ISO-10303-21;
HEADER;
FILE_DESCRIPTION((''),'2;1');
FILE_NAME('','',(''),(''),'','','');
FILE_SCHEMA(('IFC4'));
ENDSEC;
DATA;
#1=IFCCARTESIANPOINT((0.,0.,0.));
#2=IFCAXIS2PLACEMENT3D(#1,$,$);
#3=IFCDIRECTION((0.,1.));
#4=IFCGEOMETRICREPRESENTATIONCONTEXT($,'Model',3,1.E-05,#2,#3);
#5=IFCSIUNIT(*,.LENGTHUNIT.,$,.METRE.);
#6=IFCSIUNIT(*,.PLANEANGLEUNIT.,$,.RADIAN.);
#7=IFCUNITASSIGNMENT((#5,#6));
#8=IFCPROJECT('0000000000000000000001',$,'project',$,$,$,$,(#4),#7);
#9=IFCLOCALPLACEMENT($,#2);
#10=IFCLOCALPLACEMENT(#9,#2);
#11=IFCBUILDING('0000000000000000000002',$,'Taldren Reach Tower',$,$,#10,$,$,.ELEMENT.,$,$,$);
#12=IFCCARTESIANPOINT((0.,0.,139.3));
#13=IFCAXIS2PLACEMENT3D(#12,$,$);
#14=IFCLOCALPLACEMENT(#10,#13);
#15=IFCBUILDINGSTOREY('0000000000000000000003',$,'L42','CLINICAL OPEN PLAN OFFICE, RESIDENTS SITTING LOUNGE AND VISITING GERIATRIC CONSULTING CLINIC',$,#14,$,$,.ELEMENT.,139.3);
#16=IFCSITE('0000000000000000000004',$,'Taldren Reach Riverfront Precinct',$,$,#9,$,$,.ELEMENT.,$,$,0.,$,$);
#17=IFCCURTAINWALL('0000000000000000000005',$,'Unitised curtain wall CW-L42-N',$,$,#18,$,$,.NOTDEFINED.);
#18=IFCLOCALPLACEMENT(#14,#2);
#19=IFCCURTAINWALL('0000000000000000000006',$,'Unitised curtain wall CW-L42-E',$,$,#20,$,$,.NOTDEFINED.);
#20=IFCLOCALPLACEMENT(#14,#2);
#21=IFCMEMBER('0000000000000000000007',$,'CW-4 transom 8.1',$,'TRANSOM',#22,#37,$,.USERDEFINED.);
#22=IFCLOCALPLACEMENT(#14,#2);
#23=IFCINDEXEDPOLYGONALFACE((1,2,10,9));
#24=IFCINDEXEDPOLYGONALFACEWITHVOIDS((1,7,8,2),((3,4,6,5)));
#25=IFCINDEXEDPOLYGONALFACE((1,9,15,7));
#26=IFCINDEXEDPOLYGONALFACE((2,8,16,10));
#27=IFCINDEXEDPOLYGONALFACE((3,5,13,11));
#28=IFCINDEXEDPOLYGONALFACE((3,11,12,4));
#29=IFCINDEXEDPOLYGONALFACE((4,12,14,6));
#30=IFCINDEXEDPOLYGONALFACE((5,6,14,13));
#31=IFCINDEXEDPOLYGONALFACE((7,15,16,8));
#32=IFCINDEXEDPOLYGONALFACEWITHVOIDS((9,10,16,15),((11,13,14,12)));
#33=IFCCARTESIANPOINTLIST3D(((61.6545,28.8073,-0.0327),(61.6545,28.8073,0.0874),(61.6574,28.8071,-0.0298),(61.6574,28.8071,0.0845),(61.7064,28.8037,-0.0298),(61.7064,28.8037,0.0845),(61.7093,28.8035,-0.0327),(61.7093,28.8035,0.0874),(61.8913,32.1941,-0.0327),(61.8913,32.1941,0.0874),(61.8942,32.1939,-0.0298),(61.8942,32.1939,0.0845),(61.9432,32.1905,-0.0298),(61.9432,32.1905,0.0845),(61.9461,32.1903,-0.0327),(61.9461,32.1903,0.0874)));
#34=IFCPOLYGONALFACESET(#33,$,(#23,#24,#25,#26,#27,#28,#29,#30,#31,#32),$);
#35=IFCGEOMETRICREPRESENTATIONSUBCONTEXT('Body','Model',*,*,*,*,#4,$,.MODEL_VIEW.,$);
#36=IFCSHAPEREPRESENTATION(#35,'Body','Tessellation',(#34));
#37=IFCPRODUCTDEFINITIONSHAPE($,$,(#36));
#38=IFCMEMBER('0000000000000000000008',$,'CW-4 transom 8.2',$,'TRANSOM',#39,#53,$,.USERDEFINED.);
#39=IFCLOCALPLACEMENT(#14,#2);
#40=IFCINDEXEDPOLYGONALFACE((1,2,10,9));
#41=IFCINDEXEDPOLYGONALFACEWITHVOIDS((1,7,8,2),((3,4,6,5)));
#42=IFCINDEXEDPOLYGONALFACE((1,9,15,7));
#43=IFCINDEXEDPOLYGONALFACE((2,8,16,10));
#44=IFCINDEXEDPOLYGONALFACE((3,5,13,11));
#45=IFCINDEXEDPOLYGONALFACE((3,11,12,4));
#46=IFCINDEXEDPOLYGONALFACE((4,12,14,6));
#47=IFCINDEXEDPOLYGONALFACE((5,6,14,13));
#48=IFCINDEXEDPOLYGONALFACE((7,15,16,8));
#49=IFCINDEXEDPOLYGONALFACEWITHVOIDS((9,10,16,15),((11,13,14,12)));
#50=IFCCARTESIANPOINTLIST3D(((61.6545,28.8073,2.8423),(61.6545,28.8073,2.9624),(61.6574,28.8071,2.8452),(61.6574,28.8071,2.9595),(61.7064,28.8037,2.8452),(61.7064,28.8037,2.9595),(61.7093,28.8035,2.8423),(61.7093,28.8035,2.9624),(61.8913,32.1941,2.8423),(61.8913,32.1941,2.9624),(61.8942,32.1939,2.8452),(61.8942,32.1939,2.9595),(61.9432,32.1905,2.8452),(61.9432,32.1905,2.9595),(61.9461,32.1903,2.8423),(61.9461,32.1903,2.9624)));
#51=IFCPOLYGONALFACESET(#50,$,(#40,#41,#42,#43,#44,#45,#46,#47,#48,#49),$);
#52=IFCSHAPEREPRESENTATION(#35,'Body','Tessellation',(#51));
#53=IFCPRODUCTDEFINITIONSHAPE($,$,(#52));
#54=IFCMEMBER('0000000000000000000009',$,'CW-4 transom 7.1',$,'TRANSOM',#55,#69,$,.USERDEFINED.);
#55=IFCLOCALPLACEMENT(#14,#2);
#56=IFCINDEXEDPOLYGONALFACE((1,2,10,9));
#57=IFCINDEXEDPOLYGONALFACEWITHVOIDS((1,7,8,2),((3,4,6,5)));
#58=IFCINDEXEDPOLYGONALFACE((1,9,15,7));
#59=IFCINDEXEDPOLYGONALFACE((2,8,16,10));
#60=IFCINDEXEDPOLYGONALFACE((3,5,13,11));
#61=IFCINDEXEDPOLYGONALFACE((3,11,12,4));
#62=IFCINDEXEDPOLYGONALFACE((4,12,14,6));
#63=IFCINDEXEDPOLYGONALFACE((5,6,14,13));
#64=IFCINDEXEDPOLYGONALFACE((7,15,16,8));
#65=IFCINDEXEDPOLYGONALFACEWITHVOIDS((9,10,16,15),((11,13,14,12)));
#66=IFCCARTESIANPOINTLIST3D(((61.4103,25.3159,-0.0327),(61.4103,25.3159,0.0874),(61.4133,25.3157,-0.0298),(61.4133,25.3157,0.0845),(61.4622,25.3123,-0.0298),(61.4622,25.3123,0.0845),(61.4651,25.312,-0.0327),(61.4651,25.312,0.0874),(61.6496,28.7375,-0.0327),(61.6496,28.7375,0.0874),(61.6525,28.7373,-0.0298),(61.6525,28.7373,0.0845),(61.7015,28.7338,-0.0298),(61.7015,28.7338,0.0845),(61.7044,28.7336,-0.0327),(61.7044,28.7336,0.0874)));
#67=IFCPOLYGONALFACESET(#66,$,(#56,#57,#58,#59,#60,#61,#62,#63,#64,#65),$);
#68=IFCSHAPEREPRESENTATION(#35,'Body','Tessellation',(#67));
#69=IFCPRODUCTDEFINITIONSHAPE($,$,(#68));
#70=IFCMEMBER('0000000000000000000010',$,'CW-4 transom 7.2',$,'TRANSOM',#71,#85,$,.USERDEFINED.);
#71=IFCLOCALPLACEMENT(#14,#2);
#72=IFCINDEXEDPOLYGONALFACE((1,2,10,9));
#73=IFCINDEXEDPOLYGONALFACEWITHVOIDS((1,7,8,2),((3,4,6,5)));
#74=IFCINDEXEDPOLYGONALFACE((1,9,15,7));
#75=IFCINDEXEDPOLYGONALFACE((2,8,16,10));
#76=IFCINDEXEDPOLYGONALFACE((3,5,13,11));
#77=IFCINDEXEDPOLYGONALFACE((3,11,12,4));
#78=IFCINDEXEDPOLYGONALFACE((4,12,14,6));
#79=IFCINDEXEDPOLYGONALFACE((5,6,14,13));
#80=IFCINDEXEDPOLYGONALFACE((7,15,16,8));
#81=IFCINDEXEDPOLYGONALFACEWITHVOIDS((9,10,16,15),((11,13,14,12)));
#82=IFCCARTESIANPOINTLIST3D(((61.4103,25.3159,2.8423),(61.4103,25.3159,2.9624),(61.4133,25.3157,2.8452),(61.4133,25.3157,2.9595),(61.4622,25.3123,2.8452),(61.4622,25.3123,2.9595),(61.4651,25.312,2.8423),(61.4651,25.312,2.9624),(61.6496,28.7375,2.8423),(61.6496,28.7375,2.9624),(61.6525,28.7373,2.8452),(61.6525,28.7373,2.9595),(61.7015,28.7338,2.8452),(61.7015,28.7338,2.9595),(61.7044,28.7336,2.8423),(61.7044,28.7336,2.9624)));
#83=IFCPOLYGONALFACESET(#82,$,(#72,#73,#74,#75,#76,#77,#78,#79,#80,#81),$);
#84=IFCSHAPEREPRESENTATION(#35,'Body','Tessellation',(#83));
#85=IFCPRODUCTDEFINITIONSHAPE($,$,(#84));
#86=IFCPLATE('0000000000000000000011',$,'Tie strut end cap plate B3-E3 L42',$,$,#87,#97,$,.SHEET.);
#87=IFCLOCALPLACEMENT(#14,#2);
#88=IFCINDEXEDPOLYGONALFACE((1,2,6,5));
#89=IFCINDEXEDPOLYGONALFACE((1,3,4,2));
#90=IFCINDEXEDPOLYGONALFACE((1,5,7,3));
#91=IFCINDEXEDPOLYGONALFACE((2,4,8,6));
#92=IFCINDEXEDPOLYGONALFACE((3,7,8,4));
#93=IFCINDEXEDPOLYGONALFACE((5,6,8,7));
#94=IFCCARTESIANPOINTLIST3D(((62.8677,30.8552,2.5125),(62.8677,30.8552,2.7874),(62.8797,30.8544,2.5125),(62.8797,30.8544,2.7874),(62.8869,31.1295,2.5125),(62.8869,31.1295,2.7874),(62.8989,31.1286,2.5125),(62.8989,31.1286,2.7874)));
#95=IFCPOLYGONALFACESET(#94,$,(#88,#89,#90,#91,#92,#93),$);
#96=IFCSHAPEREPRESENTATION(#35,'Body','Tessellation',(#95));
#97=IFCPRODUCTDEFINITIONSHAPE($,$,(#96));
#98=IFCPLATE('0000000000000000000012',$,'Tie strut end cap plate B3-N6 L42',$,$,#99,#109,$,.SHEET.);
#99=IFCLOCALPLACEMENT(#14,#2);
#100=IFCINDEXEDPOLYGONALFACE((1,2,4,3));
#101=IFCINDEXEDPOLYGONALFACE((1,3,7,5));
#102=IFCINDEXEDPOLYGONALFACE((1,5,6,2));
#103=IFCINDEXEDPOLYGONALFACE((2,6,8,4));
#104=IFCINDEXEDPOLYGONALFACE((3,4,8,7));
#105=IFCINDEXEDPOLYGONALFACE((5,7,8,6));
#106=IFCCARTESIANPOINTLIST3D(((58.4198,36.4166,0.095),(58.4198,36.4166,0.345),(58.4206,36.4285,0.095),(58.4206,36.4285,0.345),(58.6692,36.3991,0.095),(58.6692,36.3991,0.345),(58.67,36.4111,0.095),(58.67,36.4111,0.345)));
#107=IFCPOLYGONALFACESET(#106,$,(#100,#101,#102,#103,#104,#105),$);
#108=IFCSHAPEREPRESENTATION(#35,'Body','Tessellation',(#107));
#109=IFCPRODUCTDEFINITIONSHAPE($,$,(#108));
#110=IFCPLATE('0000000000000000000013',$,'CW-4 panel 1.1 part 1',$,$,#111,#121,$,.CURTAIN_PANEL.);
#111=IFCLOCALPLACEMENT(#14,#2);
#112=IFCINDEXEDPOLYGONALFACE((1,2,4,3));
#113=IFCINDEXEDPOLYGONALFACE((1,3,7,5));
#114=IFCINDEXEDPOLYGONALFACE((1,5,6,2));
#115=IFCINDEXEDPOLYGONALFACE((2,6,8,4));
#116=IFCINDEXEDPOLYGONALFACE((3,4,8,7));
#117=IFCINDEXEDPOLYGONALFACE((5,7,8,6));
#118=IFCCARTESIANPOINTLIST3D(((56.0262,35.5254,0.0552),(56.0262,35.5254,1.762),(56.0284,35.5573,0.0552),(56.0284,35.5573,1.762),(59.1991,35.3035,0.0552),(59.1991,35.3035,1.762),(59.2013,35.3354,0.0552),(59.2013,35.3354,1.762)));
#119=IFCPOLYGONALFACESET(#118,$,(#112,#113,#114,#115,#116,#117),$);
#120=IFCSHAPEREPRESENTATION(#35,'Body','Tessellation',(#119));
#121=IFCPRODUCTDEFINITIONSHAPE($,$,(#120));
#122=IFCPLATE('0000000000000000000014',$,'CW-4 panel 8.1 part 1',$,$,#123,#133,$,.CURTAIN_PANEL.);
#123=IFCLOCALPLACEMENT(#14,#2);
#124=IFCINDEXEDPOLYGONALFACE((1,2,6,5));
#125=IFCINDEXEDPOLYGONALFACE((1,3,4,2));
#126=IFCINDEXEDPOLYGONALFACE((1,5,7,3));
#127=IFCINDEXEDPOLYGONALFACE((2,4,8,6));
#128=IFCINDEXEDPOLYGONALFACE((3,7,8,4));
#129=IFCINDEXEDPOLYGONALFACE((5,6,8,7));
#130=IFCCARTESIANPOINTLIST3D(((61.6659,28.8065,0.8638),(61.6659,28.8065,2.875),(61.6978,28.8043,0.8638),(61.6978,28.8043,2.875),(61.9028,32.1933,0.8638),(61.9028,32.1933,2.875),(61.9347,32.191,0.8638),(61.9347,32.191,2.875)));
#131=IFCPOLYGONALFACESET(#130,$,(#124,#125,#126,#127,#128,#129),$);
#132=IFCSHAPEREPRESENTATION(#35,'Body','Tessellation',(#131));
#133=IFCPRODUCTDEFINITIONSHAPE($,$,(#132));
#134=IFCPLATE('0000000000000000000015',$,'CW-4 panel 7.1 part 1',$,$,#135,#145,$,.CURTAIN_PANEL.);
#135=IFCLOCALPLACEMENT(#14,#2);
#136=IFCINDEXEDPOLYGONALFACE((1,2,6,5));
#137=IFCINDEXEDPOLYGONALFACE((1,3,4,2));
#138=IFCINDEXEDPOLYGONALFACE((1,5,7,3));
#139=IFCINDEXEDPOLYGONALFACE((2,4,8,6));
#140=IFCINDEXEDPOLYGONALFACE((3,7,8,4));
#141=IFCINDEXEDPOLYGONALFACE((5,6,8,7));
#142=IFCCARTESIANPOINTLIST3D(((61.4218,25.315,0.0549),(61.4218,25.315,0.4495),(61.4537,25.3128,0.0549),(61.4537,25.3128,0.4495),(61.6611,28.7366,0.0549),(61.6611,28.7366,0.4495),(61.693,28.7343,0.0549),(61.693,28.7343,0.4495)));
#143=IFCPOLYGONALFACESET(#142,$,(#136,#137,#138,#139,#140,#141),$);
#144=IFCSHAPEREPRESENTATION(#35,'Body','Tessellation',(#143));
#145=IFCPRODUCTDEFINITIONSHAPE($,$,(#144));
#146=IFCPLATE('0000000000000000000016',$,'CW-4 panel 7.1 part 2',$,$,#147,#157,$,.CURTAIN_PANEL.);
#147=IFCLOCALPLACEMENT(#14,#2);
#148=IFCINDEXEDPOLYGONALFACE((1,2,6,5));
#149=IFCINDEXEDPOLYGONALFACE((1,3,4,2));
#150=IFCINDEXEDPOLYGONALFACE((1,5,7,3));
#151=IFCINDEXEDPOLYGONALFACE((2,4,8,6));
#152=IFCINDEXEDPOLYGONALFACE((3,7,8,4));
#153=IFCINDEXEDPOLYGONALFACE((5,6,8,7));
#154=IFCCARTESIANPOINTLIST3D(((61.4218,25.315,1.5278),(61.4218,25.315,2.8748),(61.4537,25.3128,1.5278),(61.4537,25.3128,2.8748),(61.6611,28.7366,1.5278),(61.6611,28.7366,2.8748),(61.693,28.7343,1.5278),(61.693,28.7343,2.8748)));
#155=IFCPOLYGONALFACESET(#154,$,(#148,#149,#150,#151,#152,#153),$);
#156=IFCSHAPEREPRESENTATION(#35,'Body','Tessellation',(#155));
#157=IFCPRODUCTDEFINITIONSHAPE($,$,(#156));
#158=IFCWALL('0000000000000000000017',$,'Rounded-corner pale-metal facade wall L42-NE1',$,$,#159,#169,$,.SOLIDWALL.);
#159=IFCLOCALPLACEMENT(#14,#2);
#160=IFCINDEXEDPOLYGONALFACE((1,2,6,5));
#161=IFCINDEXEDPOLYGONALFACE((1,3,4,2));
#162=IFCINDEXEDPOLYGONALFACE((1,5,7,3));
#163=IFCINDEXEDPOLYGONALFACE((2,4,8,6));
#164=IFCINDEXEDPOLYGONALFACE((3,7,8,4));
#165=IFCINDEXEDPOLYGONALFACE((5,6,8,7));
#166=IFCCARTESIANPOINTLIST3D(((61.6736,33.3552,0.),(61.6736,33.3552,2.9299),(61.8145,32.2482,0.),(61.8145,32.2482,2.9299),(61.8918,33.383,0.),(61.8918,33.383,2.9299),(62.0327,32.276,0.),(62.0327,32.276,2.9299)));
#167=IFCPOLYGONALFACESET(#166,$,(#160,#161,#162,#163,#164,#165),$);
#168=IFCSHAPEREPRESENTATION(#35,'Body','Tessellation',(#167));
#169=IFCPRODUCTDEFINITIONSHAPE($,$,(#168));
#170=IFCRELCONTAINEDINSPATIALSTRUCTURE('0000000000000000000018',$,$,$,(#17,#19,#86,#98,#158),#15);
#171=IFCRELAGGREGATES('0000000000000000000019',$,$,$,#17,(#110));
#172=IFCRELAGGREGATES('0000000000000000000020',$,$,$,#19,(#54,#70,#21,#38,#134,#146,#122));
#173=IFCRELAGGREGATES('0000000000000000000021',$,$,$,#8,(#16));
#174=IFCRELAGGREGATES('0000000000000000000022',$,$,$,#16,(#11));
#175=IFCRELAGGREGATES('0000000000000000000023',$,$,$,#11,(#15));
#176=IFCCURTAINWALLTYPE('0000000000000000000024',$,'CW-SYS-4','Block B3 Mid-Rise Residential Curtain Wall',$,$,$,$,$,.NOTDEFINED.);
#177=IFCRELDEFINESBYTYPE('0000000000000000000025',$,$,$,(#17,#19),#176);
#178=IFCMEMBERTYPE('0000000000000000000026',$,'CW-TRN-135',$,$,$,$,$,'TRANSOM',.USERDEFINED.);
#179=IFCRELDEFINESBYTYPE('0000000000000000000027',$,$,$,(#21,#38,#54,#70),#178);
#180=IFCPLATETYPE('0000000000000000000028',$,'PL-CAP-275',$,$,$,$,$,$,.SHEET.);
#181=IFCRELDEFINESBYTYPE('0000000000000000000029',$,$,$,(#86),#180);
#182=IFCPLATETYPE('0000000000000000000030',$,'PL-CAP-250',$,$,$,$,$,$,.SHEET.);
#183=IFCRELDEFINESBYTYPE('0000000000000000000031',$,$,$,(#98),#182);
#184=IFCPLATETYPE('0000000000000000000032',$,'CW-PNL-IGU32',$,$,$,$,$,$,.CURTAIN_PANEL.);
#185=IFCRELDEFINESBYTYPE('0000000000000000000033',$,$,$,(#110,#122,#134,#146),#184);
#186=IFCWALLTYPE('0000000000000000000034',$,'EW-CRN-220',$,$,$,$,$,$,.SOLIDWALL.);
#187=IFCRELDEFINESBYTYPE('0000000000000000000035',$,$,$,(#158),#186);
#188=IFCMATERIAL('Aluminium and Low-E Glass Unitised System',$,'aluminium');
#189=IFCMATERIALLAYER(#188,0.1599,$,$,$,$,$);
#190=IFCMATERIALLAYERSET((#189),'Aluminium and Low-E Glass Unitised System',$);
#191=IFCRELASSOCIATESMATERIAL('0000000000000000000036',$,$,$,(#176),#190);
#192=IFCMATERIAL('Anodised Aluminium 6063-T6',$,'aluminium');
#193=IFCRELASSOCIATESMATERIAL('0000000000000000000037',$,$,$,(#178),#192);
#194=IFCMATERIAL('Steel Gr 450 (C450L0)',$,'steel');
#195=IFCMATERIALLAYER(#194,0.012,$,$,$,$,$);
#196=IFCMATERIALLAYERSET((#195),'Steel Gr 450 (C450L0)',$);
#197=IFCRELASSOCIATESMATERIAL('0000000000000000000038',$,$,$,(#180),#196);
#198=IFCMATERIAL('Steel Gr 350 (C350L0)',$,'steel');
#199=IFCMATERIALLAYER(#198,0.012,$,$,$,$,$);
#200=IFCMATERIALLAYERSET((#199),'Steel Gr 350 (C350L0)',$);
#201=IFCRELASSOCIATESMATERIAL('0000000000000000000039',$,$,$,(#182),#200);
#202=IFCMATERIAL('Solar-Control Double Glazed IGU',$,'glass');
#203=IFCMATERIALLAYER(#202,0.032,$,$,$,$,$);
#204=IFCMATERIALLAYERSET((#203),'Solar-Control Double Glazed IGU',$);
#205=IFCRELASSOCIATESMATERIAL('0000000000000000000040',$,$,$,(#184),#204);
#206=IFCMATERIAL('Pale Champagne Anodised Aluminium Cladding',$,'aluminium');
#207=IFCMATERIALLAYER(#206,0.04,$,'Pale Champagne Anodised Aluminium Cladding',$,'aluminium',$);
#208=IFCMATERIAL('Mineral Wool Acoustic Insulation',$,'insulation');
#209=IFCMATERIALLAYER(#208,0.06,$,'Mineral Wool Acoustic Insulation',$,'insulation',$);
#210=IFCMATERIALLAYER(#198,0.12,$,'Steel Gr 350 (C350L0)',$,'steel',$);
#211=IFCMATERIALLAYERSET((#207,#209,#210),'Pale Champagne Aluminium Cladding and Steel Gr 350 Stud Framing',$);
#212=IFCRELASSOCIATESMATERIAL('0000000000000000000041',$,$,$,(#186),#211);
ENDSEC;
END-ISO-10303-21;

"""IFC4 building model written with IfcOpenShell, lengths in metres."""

from ifc_helpers import new_model, si_unit, direction, frame, frame_2d, origin, origin_2d, place, context, subcontext, project, spatial, rectangle, hollow_rectangle, extrude, source, transform, mapped, material, layer, layer_set, material_profile, profile_set, type_object, element, aggregate, save


model = new_model("IFC4")

# Units and contexts
model_context = context("Model", 3, precision=1e-05, world=origin(), true_north=direction((0.0, 1.0)))
body_context = subcontext(model_context, "Body", "Model", "MODEL_VIEW")
ifc_project = project(units=[si_unit("LENGTHUNIT", "METRE"), si_unit("PLANEANGLEUNIT", "RADIAN")], contexts=[model_context])

# Site, building, storey
site_placement = place(None, origin())
site = spatial("IfcSite", under=ifc_project, at=site_placement, Name="Taldren Reach Riverfront Precinct", CompositionType="ELEMENT", RefElevation=0.0)
building_placement = place(site_placement, origin())
building = spatial("IfcBuilding", under=site, at=building_placement, Name="Taldren Reach Tower", CompositionType="ELEMENT")
storey_placement = place(building_placement, frame((0.0, 0.0, 139.3)))
storey = spatial("IfcBuildingStorey", under=building, at=storey_placement, Name="L42", Description="CLINICAL OPEN PLAN OFFICE, RESIDENTS SITTING LOUNGE AND VISITING GERIATRIC CONSULTING CLINIC", CompositionType="ELEMENT", Elevation=139.3)

# Shared definitions
ifc_material_1 = material(Name="Steel Gr 450 (C450L0)", Category="steel")

# Shared definitions
ifc_material_2 = material(Name="Steel Gr 350 (C350L0)", Category="steel")

# Curtain walls
ifc_material_3 = material(Name="Aluminium and Low-E Glass Unitised System", Category="aluminium")
ifc_layer_1 = layer(ifc_material_3, 0.1599)
ifc_layer_set_1 = layer_set([ifc_layer_1], Name="Aluminium and Low-E Glass Unitised System")
curtain_wall_type = type_object("IfcCurtainWallType", Name="CW-SYS-4", Description="Block B3 Mid-Rise Residential Curtain Wall", PredefinedType="NOTDEFINED", material=ifc_layer_set_1)
curtain_wall_1_placement = place(storey_placement, origin())
curtain_wall_1 = element("IfcCurtainWall", 1, at=curtain_wall_1_placement, inside=storey, type_object=curtain_wall_type, Name="Unitised curtain wall CW-L42-N", PredefinedType="NOTDEFINED")
ifc_material_4 = material(Name="Anodised Aluminium 6063-T6", Category="aluminium")
curtain_wall_2_placement = place(storey_placement, origin())
curtain_wall_2 = element("IfcCurtainWall", 2, at=curtain_wall_2_placement, inside=storey, type_object=curtain_wall_type, Name="Unitised curtain wall CW-L42-E", PredefinedType="NOTDEFINED")

# Members
ifc_material_profile_1 = material_profile(ifc_material_4, hollow_rectangle(XDim=0.0549, YDim=0.1201, WallThickness=0.0029, at=origin_2d()), Name="ALU-120x55x3RHS")
ifc_profile_set_1 = profile_set([ifc_material_profile_1], Name="Anodised Aluminium 6063-T6")
member_type_1 = type_object("IfcMemberType", Name="CW-TRN-135", ElementType="TRANSOM", PredefinedType="USERDEFINED", material=ifc_profile_set_1)
shared_shape_1 = source(origin(), body_context, "Body", "SweptSolid", [
    extrude(hollow_rectangle(XDim=0.0549, YDim=0.1201, WallThickness=0.0029, at=origin_2d()), origin(), (0.0, 0.0, 1.0), 3.395),
])
member_1_placement = place(storey_placement, frame((61.6819, 28.8054, 0.0273), z_axis=(0.069755, 0.997564, 0.0), x_axis=(-0.997564, 0.069755, 0.0)))
member_1 = element("IfcMember", 3, at=member_1_placement, type_object=member_type_1, Name="CW-4 transom 8.1", ObjectType="TRANSOM", PredefinedType="USERDEFINED", context=body_context, shape_type="MappedRepresentation", body=[
    mapped(shared_shape_1, transform((0.0, 0.0, 0.0), scale=1.0)),
])
member_2_placement = place(storey_placement, frame((61.6819, 28.8054, 2.9023), z_axis=(0.069755, 0.997564, 0.0), x_axis=(-0.997564, 0.069755, 0.0)))
member_2 = element("IfcMember", 4, at=member_2_placement, type_object=member_type_1, Name="CW-4 transom 8.2", ObjectType="TRANSOM", PredefinedType="USERDEFINED", context=body_context, shape_type="MappedRepresentation", body=[
    mapped(shared_shape_1, transform((0.0, 0.0, 0.0), scale=1.0)),
])
shared_shape_2 = source(origin(), body_context, "Body", "SweptSolid", [
    extrude(hollow_rectangle(XDim=0.0549, YDim=0.1201, WallThickness=0.0029, at=origin_2d()), origin(), (0.0, 0.0, 1.0), 3.4299),
])
member_3_placement = place(storey_placement, frame((61.4377, 25.314, 0.0273), z_axis=(0.069755, 0.997564, 0.0), x_axis=(-0.997564, 0.069755, 0.0)))
member_3 = element("IfcMember", 5, at=member_3_placement, type_object=member_type_1, Name="CW-4 transom 7.1", ObjectType="TRANSOM", PredefinedType="USERDEFINED", context=body_context, shape_type="MappedRepresentation", body=[
    mapped(shared_shape_2, transform((0.0, 0.0, 0.0), scale=1.0)),
])
member_4_placement = place(storey_placement, frame((61.4377, 25.314, 2.9023), z_axis=(0.069755, 0.997564, 0.0), x_axis=(-0.997564, 0.069755, 0.0)))
member_4 = element("IfcMember", 6, at=member_4_placement, type_object=member_type_1, Name="CW-4 transom 7.2", ObjectType="TRANSOM", PredefinedType="USERDEFINED", context=body_context, shape_type="MappedRepresentation", body=[
    mapped(shared_shape_2, transform((0.0, 0.0, 0.0), scale=1.0)),
])

# Plates
ifc_layer_2 = layer(ifc_material_1, 0.012)
ifc_layer_set_2 = layer_set([ifc_layer_2], Name="Steel Gr 450 (C450L0)")
plate_type_1 = type_object("IfcPlateType", Name="PL-CAP-275", PredefinedType="SHEET", material=ifc_layer_set_2)
shared_shape_3 = source(origin(), body_context, "Body", "SweptSolid", [
    extrude(rectangle(XDim=0.012, YDim=0.2749, at=origin_2d()), origin(), (0.0, 0.0, 1.0), 0.2749),
])
plate_1_placement = place(storey_placement, frame((62.8833, 30.9919, 2.5125), z_axis=(0.0, 0.0, 1.0), x_axis=(0.997564, -0.069756, 0.0)))
element("IfcPlate", 7, at=plate_1_placement, inside=storey, type_object=plate_type_1, Name="Tie strut end cap plate B3-E3 L42", PredefinedType="SHEET", context=body_context, shape_type="MappedRepresentation", body=[
    mapped(shared_shape_3, transform((0.0, 0.0, 0.0), scale=1.0)),
])
ifc_layer_3 = layer(ifc_material_2, 0.012)
ifc_layer_set_3 = layer_set([ifc_layer_3], Name="Steel Gr 350 (C350L0)")
plate_type_2 = type_object("IfcPlateType", Name="PL-CAP-250", PredefinedType="SHEET", material=ifc_layer_set_3)
shared_shape_4 = source(origin(), body_context, "Body", "SweptSolid", [
    extrude(rectangle(XDim=0.25, YDim=0.012, at=origin_2d()), origin(), (0.0, 0.0, 1.0), 0.25),
])
plate_2_placement = place(storey_placement, frame((58.5449, 36.4138, 0.095), z_axis=(0.0, 0.0, 1.0), x_axis=(0.997564, -0.069756, 0.0)))
element("IfcPlate", 8, at=plate_2_placement, inside=storey, type_object=plate_type_2, Name="Tie strut end cap plate B3-N6 L42", PredefinedType="SHEET", context=body_context, shape_type="MappedRepresentation", body=[
    mapped(shared_shape_4, transform((0.0, 0.0, 0.0), scale=1.0)),
])

# Plates
ifc_material_5 = material(Name="Solar-Control Double Glazed IGU", Category="glass")
ifc_layer_4 = layer(ifc_material_5, 0.032)
ifc_layer_set_4 = layer_set([ifc_layer_4], Name="Solar-Control Double Glazed IGU")
plate_type_3 = type_object("IfcPlateType", Name="CW-PNL-IGU32", PredefinedType="CURTAIN_PANEL", material=ifc_layer_set_4)
shared_shape_5 = source(origin(), body_context, "Body", "SweptSolid", [
    extrude(rectangle(XDim=3.1807, YDim=0.032, at=origin_2d()), origin(), (0.0, 0.0, 1.0), 1.7068),
])
plate_3_placement = place(storey_placement, frame((57.6138, 35.4304, 0.0552), z_axis=(0.0, 0.0, 1.0), x_axis=(-0.997564, 0.069757, 0.0)))
plate_3 = element("IfcPlate", 9, at=plate_3_placement, type_object=plate_type_3, Name="CW-4 panel 1.1 part 1", PredefinedType="CURTAIN_PANEL", context=body_context, shape_type="MappedRepresentation", body=[
    mapped(shared_shape_5, transform((0.0, 0.0, 0.0), scale=1.0)),
])
aggregate(curtain_wall_1, [plate_3])
shared_shape_6 = source(origin(), body_context, "Body", "SweptSolid", [
    extrude(rectangle(XDim=3.395, YDim=0.032, at=origin_2d()), origin(), (0.0, 0.0, 1.0), 2.0112),
])
plate_4_placement = place(storey_placement, frame((61.8003, 30.4988, 0.8638), z_axis=(0.0, 0.0, 1.0), x_axis=(0.069756, 0.997564, 0.0)))
plate_4 = element("IfcPlate", 10, at=plate_4_placement, type_object=plate_type_3, Name="CW-4 panel 8.1 part 1", PredefinedType="CURTAIN_PANEL", context=body_context, shape_type="MappedRepresentation", body=[
    mapped(shared_shape_6, transform((0.0, 0.0, 0.0), scale=1.0)),
])
shared_shape_7 = source(origin(), body_context, "Body", "SweptSolid", [
    extrude(rectangle(XDim=3.4299, YDim=0.032, at=origin_2d()), origin(), (0.0, 0.0, 1.0), 0.3945),
])
plate_5_placement = place(storey_placement, frame((61.5574, 27.0247, 0.0549), z_axis=(0.0, 0.0, 1.0), x_axis=(0.069756, 0.997564, 0.0)))
plate_5 = element("IfcPlate", 11, at=plate_5_placement, type_object=plate_type_3, Name="CW-4 panel 7.1 part 1", PredefinedType="CURTAIN_PANEL", context=body_context, shape_type="MappedRepresentation", body=[
    mapped(shared_shape_7, transform((0.0, 0.0, 0.0), scale=1.0)),
])
shared_shape_8 = source(origin(), body_context, "Body", "SweptSolid", [
    extrude(rectangle(XDim=3.4299, YDim=0.032, at=origin_2d()), origin(), (0.0, 0.0, 1.0), 1.3469),
])
plate_6_placement = place(storey_placement, frame((61.5574, 27.0247, 1.5278), z_axis=(0.0, 0.0, 1.0), x_axis=(0.069756, 0.997564, 0.0)))
plate_6 = element("IfcPlate", 12, at=plate_6_placement, type_object=plate_type_3, Name="CW-4 panel 7.1 part 2", PredefinedType="CURTAIN_PANEL", context=body_context, shape_type="MappedRepresentation", body=[
    mapped(shared_shape_8, transform((0.0, 0.0, 0.0), scale=1.0)),
])
aggregate(curtain_wall_2, [member_3, member_4, member_1, member_2, plate_5, plate_6, plate_4])

# Wall
ifc_material_6 = material(Name="Pale Champagne Anodised Aluminium Cladding", Category="aluminium")
ifc_layer_5 = layer(ifc_material_6, 0.04, Name="Pale Champagne Anodised Aluminium Cladding", Category="aluminium")
ifc_material_7 = material(Name="Mineral Wool Acoustic Insulation", Category="insulation")
ifc_layer_6 = layer(ifc_material_7, 0.06, Name="Mineral Wool Acoustic Insulation", Category="insulation")
ifc_layer_7 = layer(ifc_material_2, 0.12, Name="Steel Gr 350 (C350L0)", Category="steel")
ifc_layer_set_5 = layer_set([ifc_layer_5, ifc_layer_6, ifc_layer_7], Name="Pale Champagne Aluminium Cladding and Steel Gr 350 Stud Framing")
wall_type = type_object("IfcWallType", Name="EW-CRN-220", PredefinedType="SOLIDWALL", material=ifc_layer_set_5)
shared_shape_9 = source(origin(), body_context, "Body", "SweptSolid", [
    extrude(rectangle(XDim=1.116, YDim=0.22, at=frame_2d((0.5581, 0.0))), origin(), (0.0, 0.0, 1.0), 2.9299),
])
for number, where, z_axis, x_axis, name in (
    (13, (61.9236, 32.262, 0.0), (0.0, 0.0, 1.0), (-0.126243, 0.991999, 0.0), "Rounded-corner pale-metal facade wall L42-NE1"),
):
    element("IfcWall", number, at=place(storey_placement, frame(where, z_axis=z_axis, x_axis=x_axis)), inside=storey, type_object=wall_type, Name=name, PredefinedType="SOLIDWALL", context=body_context, shape_type="MappedRepresentation", body=[
        mapped(shared_shape_9, transform((0.0, 0.0, 0.0), scale=1.0)),
    ])

save(model, "model.ifc")
